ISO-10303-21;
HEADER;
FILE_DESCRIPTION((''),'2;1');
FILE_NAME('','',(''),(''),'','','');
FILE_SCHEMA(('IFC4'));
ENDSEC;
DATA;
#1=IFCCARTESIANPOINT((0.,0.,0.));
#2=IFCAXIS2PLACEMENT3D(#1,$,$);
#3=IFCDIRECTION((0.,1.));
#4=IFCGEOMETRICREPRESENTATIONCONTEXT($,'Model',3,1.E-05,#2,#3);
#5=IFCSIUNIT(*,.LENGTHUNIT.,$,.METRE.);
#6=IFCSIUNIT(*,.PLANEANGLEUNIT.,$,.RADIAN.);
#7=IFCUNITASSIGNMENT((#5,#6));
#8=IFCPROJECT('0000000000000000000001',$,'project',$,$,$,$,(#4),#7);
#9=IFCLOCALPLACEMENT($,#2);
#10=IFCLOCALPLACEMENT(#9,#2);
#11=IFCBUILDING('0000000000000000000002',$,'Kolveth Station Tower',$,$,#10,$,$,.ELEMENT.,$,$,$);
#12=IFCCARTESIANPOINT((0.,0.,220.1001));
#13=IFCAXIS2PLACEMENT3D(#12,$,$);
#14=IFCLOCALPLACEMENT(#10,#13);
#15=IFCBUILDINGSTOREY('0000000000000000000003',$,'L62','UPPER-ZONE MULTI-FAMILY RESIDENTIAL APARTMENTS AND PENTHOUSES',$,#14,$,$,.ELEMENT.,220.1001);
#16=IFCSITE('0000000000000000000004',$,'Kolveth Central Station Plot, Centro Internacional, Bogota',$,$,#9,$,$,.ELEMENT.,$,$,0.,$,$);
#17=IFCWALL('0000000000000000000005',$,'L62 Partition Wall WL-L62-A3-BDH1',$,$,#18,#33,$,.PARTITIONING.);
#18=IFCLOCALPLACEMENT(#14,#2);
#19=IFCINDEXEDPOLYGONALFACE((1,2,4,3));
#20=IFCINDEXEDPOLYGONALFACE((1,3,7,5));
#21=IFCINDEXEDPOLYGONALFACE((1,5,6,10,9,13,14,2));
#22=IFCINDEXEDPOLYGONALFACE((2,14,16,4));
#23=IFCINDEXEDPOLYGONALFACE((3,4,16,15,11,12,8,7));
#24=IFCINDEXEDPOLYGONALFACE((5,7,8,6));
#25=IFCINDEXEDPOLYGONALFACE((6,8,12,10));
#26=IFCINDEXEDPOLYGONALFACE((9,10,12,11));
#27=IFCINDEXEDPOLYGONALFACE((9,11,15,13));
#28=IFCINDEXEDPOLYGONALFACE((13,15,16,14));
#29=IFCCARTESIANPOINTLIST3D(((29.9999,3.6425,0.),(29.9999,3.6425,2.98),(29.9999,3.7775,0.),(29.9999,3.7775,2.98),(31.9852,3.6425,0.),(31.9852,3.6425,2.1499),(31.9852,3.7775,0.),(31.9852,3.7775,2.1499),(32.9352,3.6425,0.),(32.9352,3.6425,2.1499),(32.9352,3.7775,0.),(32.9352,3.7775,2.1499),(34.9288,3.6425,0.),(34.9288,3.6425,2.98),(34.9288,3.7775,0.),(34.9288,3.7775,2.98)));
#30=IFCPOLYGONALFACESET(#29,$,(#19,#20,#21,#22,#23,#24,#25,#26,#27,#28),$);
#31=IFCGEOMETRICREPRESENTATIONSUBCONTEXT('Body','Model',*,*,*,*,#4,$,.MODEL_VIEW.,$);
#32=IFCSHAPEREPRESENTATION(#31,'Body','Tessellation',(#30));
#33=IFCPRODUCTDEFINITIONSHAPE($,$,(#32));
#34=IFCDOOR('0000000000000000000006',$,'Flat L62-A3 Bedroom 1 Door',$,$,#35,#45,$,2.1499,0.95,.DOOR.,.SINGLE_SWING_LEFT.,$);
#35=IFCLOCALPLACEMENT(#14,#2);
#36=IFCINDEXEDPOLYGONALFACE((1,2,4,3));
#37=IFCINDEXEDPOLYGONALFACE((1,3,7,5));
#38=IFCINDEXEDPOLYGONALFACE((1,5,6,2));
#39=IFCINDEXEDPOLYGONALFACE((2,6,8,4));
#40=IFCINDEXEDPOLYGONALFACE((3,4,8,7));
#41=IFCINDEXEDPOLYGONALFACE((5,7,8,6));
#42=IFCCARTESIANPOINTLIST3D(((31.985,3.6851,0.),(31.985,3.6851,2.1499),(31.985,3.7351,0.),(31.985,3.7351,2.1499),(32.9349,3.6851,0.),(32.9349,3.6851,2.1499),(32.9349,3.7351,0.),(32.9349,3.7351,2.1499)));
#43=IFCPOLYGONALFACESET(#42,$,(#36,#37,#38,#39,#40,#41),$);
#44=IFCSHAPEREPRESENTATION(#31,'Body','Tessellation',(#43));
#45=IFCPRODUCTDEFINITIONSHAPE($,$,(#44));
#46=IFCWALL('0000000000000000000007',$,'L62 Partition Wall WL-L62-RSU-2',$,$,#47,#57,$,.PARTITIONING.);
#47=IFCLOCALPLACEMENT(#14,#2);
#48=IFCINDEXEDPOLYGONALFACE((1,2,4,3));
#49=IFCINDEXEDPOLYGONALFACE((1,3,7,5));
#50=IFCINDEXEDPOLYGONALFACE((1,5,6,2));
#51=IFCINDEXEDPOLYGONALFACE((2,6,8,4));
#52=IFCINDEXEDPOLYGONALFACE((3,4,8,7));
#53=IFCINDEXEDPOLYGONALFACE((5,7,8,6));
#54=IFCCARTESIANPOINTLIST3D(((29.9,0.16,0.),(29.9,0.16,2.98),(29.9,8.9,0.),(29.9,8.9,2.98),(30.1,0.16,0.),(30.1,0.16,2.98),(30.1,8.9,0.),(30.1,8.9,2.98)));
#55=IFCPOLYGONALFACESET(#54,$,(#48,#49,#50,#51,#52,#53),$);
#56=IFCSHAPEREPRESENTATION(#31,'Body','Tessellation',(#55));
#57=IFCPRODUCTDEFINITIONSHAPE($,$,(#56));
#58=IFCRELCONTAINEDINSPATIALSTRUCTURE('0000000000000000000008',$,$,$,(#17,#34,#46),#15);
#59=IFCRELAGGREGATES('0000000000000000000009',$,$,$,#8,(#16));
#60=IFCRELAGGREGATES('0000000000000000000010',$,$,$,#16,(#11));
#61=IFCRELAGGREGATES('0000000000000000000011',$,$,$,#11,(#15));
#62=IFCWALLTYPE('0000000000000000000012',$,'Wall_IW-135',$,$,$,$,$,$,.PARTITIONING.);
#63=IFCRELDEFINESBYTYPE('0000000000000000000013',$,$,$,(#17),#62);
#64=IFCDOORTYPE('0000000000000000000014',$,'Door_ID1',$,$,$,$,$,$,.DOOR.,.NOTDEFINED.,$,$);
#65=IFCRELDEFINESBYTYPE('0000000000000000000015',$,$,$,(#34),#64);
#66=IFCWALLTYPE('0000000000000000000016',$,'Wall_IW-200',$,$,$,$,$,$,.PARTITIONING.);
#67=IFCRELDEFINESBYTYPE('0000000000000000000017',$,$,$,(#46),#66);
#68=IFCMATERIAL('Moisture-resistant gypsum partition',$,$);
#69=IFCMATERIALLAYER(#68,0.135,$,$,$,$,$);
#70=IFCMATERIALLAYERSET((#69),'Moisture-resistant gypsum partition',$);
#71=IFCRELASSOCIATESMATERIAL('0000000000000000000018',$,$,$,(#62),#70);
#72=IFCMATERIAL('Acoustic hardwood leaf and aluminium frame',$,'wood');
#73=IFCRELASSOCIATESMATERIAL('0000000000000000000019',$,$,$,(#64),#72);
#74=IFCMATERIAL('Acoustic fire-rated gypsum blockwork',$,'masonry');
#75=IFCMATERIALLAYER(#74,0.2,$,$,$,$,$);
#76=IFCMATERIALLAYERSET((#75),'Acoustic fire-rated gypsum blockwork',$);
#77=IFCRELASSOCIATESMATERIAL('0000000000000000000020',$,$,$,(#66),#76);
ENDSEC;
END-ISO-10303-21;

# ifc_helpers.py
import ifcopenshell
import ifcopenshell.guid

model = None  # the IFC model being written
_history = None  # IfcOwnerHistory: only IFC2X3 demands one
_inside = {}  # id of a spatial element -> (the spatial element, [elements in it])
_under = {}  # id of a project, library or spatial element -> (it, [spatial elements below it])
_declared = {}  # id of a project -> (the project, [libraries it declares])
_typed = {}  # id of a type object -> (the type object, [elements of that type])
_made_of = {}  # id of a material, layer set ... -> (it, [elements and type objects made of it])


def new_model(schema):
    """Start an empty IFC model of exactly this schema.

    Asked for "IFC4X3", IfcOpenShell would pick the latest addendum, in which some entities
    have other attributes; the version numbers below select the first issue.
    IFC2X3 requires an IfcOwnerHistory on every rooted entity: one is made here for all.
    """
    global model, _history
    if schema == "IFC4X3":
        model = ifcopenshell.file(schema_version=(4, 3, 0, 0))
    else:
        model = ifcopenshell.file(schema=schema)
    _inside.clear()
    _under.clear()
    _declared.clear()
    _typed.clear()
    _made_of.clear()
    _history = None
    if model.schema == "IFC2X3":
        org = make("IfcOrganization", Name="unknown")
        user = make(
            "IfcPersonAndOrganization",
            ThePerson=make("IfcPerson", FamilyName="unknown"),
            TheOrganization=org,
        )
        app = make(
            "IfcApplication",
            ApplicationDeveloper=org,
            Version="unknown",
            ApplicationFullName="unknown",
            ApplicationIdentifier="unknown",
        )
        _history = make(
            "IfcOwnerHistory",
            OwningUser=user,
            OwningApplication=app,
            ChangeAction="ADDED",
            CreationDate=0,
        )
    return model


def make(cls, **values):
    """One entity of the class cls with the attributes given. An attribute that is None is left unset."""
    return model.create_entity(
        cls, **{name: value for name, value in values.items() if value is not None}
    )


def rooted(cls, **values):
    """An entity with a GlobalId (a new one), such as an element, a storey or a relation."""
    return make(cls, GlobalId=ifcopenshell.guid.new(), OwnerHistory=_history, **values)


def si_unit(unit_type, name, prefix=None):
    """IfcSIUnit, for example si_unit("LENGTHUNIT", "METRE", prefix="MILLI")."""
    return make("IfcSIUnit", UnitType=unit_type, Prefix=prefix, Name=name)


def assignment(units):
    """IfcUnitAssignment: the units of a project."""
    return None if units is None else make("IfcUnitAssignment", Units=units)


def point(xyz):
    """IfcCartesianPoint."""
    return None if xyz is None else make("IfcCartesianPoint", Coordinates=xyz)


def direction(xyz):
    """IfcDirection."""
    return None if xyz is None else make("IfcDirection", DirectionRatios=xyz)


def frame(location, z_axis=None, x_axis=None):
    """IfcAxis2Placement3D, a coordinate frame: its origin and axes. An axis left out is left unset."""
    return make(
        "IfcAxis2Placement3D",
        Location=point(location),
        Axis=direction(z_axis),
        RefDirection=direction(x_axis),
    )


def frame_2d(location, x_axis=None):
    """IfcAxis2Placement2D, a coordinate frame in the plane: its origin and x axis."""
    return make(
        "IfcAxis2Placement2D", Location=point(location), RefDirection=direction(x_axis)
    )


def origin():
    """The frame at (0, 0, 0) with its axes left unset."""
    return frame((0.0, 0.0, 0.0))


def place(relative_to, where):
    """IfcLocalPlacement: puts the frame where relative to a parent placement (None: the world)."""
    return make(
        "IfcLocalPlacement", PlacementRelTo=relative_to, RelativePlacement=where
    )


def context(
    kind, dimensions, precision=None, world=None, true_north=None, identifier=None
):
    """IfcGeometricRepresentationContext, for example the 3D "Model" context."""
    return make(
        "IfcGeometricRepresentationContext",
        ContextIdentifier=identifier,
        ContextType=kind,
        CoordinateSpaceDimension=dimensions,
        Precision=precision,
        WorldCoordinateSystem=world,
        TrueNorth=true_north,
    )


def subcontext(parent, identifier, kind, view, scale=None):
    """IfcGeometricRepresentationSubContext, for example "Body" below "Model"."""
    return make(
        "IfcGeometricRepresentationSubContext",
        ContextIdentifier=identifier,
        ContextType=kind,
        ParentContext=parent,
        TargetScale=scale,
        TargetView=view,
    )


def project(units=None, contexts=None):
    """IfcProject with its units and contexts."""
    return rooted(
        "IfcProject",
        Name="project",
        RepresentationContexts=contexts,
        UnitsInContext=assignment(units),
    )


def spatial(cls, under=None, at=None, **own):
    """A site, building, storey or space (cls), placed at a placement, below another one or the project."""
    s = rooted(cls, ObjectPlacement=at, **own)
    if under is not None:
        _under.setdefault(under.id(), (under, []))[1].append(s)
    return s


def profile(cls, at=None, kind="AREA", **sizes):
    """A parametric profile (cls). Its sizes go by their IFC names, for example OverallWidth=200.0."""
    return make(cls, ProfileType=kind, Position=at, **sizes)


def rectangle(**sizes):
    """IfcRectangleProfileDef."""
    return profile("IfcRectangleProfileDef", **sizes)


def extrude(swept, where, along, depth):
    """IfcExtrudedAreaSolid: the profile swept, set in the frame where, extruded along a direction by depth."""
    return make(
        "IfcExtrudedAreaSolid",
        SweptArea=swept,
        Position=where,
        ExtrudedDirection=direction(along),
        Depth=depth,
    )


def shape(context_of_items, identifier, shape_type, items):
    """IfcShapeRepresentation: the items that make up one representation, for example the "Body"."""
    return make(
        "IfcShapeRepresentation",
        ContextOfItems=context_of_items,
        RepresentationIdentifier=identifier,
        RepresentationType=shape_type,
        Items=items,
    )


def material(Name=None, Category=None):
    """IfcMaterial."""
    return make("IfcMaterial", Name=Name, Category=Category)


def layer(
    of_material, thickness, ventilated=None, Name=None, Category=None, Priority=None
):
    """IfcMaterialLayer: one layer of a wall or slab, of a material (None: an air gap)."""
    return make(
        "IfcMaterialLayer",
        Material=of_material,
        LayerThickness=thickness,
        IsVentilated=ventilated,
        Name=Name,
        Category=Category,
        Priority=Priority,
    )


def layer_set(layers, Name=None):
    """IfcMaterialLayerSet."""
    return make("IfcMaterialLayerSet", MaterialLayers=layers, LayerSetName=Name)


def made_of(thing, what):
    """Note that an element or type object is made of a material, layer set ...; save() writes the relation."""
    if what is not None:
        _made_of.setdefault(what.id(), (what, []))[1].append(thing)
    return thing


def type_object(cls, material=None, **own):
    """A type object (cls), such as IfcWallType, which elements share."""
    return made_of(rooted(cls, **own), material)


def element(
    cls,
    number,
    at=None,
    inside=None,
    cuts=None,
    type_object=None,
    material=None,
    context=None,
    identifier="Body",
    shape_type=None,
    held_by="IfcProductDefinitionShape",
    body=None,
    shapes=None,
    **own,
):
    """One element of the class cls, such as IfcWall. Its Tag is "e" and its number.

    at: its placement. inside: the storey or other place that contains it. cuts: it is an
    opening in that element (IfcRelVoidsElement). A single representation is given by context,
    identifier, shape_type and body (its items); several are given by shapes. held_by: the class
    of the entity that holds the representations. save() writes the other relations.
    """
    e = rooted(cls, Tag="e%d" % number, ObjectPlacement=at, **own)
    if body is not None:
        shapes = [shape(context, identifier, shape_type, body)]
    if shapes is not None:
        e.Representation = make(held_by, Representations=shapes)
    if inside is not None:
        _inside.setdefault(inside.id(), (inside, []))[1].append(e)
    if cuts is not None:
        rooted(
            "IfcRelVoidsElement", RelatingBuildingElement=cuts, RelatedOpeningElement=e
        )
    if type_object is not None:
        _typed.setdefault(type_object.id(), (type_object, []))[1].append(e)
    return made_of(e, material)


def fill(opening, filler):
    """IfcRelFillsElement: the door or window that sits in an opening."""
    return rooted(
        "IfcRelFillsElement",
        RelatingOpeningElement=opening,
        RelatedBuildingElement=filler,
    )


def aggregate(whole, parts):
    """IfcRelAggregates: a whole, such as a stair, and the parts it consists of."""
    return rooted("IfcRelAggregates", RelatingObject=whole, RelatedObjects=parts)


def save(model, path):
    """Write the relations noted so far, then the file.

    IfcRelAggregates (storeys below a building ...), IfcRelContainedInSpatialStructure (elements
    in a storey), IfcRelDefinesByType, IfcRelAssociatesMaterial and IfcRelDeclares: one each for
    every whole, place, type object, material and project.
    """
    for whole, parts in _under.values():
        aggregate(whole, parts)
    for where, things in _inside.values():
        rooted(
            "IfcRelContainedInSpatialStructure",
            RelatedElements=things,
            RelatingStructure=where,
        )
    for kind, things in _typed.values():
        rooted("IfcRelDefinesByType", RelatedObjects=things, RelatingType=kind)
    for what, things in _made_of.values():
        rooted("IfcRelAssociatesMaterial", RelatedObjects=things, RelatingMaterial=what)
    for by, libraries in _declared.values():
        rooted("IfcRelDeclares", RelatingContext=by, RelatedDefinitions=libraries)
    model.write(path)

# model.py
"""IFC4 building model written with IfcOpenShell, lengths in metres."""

from ifc_helpers import new_model, si_unit, direction, frame, frame_2d, origin, place, context, subcontext, project, spatial, rectangle, extrude, material, layer, layer_set, type_object, element, fill, save


model = new_model("IFC4")

# Units and contexts
model_context = context("Model", 3, precision=1e-05, world=origin(), true_north=direction((0.0, 1.0)))
body_context = subcontext(model_context, "Body", "Model", "MODEL_VIEW")
ifc_project = project(units=[si_unit("LENGTHUNIT", "METRE"), si_unit("PLANEANGLEUNIT", "RADIAN")], contexts=[model_context])

# Site, building, storey
site_placement = place(None, origin())
site = spatial("IfcSite", under=ifc_project, at=site_placement, Name="Kolveth Central Station Plot, Centro Internacional, Bogota", CompositionType="ELEMENT", RefElevation=0.0)
building_placement = place(site_placement, origin())
building = spatial("IfcBuilding", under=site, at=building_placement, Name="Kolveth Station Tower", CompositionType="ELEMENT")
storey_placement = place(building_placement, frame((0.0, 0.0, 220.1001)))
storey = spatial("IfcBuildingStorey", under=building, at=storey_placement, Name="L62", Description="UPPER-ZONE MULTI-FAMILY RESIDENTIAL APARTMENTS AND PENTHOUSES", CompositionType="ELEMENT", Elevation=220.1001)

# Shared definitions
ifc_material_1 = material(Name="Moisture-resistant gypsum partition")
ifc_layer_1 = layer(ifc_material_1, 0.135)
ifc_layer_set_1 = layer_set([ifc_layer_1], Name="Moisture-resistant gypsum partition")
wall_type_1 = type_object("IfcWallType", Name="Wall_IW-135", PredefinedType="PARTITIONING", material=ifc_layer_set_1)
ifc_material_2 = material(Name="Acoustic hardwood leaf and aluminium frame", Category="wood")
door_type = type_object("IfcDoorType", Name="Door_ID1", OperationType="NOTDEFINED", PredefinedType="DOOR", material=ifc_material_2)

# Wall, opening, door
wall_1_placement = place(storey_placement, frame((30.0, 3.71, 0.0), z_axis=(0.0, 0.0, 1.0), x_axis=(1.0, 0.0, 0.0)))
wall_1 = element("IfcWall", 1, at=wall_1_placement, inside=storey, type_object=wall_type_1, Name="L62 Partition Wall WL-L62-A3-BDH1", PredefinedType="PARTITIONING", context=body_context, shape_type="SweptSolid", body=[
    extrude(rectangle(XDim=4.929, YDim=0.135, at=frame_2d((2.4644, 0.0))), origin(), (0.0, 0.0, 1.0), 2.98),
])
opening_1_placement = place(wall_1_placement, frame((1.9851, 0.0, 0.0)))
opening_1 = element("IfcOpeningElement", 2, at=opening_1_placement, cuts=wall_1, PredefinedType="OPENING", context=body_context, shape_type="SweptSolid", body=[
    extrude(rectangle(XDim=0.95, YDim=2.1499, at=frame_2d((0.4751, 1.075))), frame((0.0, 0.0774, 0.0), z_axis=(0.0, -1.0, 0.0), x_axis=(1.0, 0.0, 0.0)), (0.0, 0.0, 1.0), 0.155),
])
door_1_placement = place(opening_1_placement, frame((0.95, 0.0, 0.0), z_axis=(0.0, 0.0, 1.0), x_axis=(-1.0, 0.0, 0.0)))
door_1 = element("IfcDoor", 3, at=door_1_placement, inside=storey, type_object=door_type, Name="Flat L62-A3 Bedroom 1 Door", OperationType="SINGLE_SWING_LEFT", OverallHeight=2.1499, OverallWidth=0.95, PredefinedType="DOOR", context=body_context, shape_type="SweptSolid", body=[
    extrude(rectangle(XDim=0.95, YDim=2.1499, at=frame_2d((0.4751, 1.075))), frame((0.0, 0.0249, 0.0), z_axis=(0.0, -1.0, 0.0), x_axis=(1.0, 0.0, 0.0)), (0.0, 0.0, 1.0), 0.05),
])
fill(opening_1, door_1)

# Wall
ifc_material_3 = material(Name="Acoustic fire-rated gypsum blockwork", Category="masonry")
ifc_layer_2 = layer(ifc_material_3, 0.2)
ifc_layer_set_2 = layer_set([ifc_layer_2], Name="Acoustic fire-rated gypsum blockwork")
wall_type_2 = type_object("IfcWallType", Name="Wall_IW-200", PredefinedType="PARTITIONING", material=ifc_layer_set_2)
wall_2_placement = place(storey_placement, frame((30.0, 0.1599, 0.0), z_axis=(0.0, 0.0, 1.0), x_axis=(0.0, 1.0, 0.0)))
element("IfcWall", 4, at=wall_2_placement, inside=storey, type_object=wall_type_2, Name="L62 Partition Wall WL-L62-RSU-2", PredefinedType="PARTITIONING", context=body_context, shape_type="SweptSolid", body=[
    extrude(rectangle(XDim=8.74, YDim=0.2, at=frame_2d((4.3701, 0.0))), origin(), (0.0, 0.0, 1.0), 2.98),
])

save(model, "model.ifc")
